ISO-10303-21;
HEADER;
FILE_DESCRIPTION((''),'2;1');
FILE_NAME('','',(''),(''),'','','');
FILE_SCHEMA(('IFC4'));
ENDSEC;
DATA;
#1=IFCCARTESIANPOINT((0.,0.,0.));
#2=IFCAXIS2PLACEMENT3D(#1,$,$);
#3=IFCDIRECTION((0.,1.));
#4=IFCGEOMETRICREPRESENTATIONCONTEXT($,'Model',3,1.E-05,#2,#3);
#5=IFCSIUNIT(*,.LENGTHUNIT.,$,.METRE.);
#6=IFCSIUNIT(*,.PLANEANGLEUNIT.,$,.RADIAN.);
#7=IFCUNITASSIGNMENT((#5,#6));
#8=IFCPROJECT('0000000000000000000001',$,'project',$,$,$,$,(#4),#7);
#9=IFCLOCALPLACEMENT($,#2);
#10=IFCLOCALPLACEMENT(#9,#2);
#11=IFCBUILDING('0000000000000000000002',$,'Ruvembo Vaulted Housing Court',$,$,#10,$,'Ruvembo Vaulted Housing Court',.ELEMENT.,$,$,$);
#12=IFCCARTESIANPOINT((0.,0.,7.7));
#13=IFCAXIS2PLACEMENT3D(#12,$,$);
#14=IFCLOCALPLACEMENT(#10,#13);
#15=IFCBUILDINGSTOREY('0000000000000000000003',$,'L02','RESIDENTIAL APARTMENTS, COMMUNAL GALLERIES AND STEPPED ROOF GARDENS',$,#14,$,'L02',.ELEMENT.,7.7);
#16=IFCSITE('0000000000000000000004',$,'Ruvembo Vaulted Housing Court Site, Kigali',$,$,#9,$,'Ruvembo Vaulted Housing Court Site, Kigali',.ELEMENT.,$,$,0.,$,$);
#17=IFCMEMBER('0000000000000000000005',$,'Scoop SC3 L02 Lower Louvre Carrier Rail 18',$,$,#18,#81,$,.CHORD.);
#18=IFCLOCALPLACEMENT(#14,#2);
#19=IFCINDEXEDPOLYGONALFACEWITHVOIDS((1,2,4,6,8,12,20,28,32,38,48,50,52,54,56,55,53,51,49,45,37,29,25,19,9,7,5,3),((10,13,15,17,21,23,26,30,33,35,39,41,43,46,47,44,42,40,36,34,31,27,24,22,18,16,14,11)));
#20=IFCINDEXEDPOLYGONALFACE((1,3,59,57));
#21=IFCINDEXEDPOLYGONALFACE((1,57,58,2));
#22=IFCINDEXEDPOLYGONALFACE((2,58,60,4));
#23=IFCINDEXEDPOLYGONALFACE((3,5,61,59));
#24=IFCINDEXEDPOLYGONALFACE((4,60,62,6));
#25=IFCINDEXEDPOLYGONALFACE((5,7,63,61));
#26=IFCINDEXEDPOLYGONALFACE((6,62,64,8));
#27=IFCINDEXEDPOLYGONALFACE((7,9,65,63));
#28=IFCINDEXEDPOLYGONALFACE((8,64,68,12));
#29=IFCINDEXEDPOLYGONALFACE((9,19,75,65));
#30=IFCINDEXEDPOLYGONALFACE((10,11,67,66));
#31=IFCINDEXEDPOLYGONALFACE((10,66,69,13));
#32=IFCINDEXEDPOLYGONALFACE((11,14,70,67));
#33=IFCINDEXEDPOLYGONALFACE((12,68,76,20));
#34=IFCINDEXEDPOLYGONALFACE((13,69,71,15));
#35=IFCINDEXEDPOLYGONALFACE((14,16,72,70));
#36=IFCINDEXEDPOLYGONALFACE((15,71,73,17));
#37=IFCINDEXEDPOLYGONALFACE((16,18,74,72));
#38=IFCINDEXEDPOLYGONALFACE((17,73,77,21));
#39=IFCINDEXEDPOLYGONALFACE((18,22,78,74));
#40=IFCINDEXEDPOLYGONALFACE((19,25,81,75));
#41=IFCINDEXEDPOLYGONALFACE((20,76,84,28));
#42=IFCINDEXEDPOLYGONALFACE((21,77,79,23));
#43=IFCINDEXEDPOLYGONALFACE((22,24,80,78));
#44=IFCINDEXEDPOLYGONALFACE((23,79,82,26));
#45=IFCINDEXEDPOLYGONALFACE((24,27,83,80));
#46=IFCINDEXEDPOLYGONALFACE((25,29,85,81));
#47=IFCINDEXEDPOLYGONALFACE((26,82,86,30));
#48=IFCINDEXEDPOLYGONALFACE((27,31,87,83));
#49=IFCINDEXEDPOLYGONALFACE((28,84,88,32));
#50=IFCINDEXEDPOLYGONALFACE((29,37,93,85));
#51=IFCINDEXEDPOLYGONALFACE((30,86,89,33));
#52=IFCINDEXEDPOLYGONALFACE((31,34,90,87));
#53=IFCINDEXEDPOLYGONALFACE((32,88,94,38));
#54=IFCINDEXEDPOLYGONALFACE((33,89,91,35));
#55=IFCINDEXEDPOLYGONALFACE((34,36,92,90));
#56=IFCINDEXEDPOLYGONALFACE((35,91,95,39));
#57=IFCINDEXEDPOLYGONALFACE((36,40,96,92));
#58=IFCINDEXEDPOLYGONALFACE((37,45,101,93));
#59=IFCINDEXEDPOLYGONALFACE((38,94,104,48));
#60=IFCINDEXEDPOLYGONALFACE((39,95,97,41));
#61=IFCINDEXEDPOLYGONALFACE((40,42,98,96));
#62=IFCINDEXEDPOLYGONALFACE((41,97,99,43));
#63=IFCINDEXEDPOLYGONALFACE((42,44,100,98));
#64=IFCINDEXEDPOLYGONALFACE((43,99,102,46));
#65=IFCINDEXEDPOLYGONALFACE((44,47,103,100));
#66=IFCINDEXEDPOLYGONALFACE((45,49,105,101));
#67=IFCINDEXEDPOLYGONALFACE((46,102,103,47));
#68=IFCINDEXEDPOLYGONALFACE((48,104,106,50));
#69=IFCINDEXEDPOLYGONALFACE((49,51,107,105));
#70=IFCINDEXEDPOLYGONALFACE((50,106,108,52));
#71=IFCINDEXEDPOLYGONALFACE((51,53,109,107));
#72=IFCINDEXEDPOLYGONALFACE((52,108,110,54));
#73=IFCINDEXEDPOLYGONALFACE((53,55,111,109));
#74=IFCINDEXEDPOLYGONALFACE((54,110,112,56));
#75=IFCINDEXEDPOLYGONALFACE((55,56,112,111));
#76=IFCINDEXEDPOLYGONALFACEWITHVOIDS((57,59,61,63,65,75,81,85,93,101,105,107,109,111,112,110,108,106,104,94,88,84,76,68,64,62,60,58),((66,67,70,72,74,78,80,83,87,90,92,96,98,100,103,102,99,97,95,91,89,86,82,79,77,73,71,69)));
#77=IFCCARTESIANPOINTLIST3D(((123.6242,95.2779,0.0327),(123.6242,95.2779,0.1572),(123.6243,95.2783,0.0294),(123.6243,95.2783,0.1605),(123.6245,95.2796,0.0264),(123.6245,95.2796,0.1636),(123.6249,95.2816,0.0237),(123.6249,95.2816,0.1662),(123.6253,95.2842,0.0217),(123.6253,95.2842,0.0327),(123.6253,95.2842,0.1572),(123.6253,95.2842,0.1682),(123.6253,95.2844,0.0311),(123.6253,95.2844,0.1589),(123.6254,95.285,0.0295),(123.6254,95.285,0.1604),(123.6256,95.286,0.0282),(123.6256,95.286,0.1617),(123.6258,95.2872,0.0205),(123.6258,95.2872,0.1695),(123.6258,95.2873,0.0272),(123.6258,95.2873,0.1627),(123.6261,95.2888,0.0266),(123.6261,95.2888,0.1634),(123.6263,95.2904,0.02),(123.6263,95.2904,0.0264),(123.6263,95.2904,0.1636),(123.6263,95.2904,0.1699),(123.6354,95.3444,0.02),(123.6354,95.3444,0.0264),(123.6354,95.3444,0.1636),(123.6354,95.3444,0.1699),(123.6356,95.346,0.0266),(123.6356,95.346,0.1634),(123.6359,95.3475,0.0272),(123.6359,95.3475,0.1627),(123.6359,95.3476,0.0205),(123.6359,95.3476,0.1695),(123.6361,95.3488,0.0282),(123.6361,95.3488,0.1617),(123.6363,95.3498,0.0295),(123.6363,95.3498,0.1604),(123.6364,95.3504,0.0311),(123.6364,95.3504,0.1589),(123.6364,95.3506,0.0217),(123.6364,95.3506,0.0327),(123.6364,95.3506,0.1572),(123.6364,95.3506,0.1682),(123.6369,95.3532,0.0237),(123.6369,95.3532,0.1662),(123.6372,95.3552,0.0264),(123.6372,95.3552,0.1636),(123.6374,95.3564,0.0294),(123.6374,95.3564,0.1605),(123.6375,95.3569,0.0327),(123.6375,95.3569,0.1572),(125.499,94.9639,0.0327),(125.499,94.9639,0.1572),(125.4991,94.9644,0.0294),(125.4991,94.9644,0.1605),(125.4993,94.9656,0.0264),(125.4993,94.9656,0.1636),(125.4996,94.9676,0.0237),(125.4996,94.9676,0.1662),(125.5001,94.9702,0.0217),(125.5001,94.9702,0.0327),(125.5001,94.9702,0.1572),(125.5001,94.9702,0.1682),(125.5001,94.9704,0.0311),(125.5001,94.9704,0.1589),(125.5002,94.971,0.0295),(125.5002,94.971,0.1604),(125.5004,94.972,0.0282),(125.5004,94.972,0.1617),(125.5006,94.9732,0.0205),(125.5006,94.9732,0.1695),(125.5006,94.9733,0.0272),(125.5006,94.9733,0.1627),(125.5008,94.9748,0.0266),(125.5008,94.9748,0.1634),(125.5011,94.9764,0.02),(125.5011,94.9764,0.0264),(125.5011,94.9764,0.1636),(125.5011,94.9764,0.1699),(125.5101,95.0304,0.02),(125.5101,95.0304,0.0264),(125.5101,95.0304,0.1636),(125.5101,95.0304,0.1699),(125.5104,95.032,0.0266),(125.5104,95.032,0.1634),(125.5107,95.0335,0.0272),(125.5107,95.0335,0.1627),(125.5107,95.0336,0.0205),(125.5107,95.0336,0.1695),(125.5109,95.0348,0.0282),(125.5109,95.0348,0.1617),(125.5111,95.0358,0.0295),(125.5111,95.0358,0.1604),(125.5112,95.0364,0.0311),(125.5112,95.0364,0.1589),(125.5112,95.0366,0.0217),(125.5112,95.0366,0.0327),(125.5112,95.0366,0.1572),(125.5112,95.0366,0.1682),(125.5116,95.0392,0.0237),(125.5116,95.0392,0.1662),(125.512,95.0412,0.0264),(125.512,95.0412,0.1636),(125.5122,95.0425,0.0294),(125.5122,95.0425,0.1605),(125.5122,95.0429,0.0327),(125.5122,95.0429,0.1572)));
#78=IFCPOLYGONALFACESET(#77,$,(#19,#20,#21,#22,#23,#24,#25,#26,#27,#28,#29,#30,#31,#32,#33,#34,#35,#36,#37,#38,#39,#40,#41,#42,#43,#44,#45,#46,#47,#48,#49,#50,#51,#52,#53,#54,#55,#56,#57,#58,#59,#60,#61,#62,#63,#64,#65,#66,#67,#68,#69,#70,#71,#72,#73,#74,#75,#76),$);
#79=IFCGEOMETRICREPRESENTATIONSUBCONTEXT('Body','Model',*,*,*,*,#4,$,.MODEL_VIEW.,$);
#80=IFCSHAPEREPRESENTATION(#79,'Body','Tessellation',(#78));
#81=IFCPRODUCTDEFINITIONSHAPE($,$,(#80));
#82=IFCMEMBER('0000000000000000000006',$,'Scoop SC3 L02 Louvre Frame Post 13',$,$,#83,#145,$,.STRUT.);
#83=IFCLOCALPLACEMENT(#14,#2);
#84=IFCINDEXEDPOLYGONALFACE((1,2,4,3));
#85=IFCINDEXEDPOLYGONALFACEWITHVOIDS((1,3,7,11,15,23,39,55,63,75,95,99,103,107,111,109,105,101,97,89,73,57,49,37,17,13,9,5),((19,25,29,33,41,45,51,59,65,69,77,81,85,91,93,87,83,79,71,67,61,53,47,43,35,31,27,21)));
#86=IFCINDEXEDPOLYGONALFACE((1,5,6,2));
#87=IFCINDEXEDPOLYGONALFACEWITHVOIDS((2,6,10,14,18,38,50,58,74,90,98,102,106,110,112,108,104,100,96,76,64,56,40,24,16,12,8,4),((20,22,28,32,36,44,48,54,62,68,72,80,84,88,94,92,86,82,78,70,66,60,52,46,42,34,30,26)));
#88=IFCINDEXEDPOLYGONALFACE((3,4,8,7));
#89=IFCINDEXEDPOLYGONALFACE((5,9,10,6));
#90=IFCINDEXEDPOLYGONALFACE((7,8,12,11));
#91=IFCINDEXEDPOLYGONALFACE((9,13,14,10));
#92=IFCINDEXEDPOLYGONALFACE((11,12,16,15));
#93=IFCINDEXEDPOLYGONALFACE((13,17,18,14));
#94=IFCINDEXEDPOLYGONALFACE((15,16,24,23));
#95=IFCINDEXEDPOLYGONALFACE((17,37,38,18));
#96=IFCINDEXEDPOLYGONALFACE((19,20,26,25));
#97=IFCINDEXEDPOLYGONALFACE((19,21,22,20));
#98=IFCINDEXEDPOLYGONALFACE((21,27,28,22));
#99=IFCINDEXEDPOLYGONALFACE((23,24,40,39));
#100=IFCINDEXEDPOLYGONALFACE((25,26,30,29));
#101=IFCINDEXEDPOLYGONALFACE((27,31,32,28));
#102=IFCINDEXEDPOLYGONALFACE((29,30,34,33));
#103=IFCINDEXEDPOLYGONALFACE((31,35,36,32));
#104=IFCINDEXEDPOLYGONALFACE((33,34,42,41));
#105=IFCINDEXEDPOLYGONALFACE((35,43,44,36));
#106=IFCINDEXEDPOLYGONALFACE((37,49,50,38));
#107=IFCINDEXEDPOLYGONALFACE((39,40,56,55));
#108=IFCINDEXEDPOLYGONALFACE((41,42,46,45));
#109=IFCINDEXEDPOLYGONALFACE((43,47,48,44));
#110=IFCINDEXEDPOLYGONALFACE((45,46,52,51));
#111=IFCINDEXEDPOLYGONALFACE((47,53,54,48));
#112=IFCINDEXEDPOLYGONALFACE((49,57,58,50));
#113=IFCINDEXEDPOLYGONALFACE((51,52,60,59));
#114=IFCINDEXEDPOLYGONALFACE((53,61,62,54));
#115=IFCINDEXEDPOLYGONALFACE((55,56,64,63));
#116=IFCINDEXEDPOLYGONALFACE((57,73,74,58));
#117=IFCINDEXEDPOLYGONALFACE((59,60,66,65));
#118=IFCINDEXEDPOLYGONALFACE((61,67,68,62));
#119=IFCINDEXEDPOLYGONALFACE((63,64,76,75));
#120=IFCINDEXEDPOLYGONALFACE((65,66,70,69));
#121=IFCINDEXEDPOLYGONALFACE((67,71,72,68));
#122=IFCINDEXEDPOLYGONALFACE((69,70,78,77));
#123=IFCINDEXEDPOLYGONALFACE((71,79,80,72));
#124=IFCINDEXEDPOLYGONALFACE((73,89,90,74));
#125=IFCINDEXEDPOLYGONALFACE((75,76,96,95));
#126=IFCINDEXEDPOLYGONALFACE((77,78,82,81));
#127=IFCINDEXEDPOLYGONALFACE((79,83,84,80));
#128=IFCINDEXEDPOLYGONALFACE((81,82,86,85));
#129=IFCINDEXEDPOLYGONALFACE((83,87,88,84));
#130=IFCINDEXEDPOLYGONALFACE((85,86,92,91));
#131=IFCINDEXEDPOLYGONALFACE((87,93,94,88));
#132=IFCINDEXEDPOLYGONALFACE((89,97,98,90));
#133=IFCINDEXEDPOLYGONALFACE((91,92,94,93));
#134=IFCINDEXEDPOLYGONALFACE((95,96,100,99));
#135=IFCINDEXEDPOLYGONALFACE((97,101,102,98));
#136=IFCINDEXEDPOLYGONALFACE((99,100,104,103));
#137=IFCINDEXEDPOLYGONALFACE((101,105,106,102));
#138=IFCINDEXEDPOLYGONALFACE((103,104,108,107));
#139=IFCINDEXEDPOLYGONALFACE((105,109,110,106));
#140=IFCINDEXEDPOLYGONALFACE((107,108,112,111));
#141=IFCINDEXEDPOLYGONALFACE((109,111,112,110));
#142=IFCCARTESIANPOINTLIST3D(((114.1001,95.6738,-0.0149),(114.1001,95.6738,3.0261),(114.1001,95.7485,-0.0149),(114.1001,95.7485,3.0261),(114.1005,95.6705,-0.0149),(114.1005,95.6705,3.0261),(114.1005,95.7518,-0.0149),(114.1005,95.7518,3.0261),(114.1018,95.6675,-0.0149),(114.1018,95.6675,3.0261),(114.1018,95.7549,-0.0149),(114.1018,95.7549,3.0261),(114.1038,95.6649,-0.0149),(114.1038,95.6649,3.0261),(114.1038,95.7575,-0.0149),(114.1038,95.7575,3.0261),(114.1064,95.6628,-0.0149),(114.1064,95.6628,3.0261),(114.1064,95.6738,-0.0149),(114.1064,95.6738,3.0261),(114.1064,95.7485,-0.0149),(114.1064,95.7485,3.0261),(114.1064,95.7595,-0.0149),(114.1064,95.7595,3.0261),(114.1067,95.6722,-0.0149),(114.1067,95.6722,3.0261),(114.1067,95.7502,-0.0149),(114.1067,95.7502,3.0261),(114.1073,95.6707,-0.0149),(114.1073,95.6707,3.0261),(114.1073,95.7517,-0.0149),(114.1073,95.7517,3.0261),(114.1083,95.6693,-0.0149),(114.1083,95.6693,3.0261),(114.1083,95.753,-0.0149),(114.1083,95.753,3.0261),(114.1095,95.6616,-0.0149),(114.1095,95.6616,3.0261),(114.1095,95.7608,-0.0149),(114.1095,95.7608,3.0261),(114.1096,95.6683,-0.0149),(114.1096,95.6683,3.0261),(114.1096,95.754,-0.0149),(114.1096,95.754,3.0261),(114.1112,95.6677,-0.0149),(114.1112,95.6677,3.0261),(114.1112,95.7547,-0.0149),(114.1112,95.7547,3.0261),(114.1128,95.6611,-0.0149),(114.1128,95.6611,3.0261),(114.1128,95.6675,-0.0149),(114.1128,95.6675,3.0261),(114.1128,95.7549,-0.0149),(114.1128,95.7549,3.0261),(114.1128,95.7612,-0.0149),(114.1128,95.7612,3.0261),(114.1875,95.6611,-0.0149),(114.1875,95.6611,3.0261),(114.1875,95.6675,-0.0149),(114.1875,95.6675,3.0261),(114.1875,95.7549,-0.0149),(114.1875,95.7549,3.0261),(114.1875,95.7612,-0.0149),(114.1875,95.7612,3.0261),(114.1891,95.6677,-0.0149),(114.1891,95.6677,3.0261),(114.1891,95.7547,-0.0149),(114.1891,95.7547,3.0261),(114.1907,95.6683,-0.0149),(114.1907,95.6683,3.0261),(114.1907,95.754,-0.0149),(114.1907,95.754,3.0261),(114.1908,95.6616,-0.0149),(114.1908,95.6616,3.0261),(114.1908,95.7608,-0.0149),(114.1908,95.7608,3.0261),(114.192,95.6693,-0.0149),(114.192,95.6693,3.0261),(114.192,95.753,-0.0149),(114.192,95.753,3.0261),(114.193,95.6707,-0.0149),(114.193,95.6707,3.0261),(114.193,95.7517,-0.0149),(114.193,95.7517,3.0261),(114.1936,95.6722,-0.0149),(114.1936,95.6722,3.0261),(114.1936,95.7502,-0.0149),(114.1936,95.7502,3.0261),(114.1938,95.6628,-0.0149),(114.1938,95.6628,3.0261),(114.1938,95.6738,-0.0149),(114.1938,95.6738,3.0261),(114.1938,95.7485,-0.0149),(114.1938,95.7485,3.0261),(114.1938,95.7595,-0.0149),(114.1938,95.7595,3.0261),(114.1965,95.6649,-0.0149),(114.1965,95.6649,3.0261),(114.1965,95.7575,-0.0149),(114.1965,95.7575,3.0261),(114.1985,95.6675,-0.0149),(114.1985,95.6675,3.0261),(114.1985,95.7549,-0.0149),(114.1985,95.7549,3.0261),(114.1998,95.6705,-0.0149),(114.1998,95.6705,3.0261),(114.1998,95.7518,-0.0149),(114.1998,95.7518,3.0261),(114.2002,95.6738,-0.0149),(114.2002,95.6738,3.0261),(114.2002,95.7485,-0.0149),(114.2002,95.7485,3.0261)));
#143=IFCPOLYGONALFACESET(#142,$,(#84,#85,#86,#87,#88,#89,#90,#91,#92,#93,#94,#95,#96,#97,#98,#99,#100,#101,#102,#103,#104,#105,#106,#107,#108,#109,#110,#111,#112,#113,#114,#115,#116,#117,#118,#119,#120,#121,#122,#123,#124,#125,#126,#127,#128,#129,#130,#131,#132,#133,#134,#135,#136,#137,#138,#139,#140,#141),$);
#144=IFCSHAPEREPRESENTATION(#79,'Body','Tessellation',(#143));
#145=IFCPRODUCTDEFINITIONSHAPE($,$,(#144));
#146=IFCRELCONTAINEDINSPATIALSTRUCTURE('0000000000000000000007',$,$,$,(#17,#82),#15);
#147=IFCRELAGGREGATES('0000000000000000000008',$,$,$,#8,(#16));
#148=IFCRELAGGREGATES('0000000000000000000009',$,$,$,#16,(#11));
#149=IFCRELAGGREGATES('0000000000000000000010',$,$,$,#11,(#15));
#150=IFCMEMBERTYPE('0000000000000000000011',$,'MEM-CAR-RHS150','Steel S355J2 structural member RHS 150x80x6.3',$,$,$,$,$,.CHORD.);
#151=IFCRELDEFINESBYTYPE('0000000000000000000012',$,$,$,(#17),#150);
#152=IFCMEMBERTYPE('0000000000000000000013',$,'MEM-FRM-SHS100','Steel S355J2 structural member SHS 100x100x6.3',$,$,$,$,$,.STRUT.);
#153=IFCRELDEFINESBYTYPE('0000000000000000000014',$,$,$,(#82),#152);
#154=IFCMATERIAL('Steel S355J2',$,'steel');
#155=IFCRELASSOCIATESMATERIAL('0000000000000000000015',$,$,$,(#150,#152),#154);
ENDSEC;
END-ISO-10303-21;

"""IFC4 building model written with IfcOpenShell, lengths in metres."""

from ifc_helpers import new_model, si_unit, direction, frame, origin, origin_2d, place, context, subcontext, project, spatial, hollow_rectangle, extrude, material, material_profile, profile_set, type_object, element, save


model = new_model("IFC4")

# Units and contexts
model_context = context("Model", 3, precision=1e-05, world=origin(), true_north=direction((0.0, 1.0)))
body_context = subcontext(model_context, "Body", "Model", "MODEL_VIEW")
ifc_project = project(units=[si_unit("LENGTHUNIT", "METRE"), si_unit("PLANEANGLEUNIT", "RADIAN")], contexts=[model_context])

# Site, building, storey
site_placement = place(None, origin())
site = spatial("IfcSite", under=ifc_project, at=site_placement, Name="Ruvembo Vaulted Housing Court Site, Kigali", LongName="Ruvembo Vaulted Housing Court Site, Kigali", CompositionType="ELEMENT", RefElevation=0.0)
building_placement = place(site_placement, origin())
building = spatial("IfcBuilding", under=site, at=building_placement, Name="Ruvembo Vaulted Housing Court", LongName="Ruvembo Vaulted Housing Court", CompositionType="ELEMENT")
storey_placement = place(building_placement, frame((0.0, 0.0, 7.7)))
storey = spatial("IfcBuildingStorey", under=building, at=storey_placement, Name="L02", Description="RESIDENTIAL APARTMENTS, COMMUNAL GALLERIES AND STEPPED ROOF GARDENS", LongName="L02", CompositionType="ELEMENT", Elevation=7.7)

# Shared definitions
ifc_material_1 = material(Name="Steel S355J2", Category="steel")

# Members
ifc_material_profile_1 = material_profile(ifc_material_1, hollow_rectangle(XDim=0.0801, YDim=0.1499, WallThickness=0.0063, InnerFilletRadius=0.0063, OuterFilletRadius=0.0127, at=origin_2d()), Name="RHS 150x80x6.3")
ifc_profile_set_1 = profile_set([ifc_material_profile_1], Name="Steel S355J2")
member_type_1 = type_object("IfcMemberType", Name="MEM-CAR-RHS150", Description="Steel S355J2 structural member RHS 150x80x6.3", PredefinedType="CHORD", material=ifc_profile_set_1)
member_1_placement = place(storey_placement, frame((123.6309, 95.3174, 0.095), z_axis=(0.986265, -0.16517, 0.0), x_axis=(0.16517, 0.986265, 0.0)))
element("IfcMember", 1, at=member_1_placement, inside=storey, type_object=member_type_1, Name="Scoop SC3 L02 Lower Louvre Carrier Rail 18", PredefinedType="CHORD", context=body_context, shape_type="SweptSolid", body=[
    extrude(hollow_rectangle(XDim=0.0801, YDim=0.1499, WallThickness=0.0063, InnerFilletRadius=0.0063, OuterFilletRadius=0.0127, at=origin_2d()), origin(), (0.0, 0.0, 1.0), 1.9009),
])
ifc_material_profile_2 = material_profile(ifc_material_1, hollow_rectangle(XDim=0.1001, YDim=0.1001, WallThickness=0.0063, InnerFilletRadius=0.0063, OuterFilletRadius=0.0127, at=origin_2d()), Name="SHS 100x100x6.3")
ifc_profile_set_2 = profile_set([ifc_material_profile_2], Name="Steel S355J2")
member_type_2 = type_object("IfcMemberType", Name="MEM-FRM-SHS100", Description="Steel S355J2 structural member SHS 100x100x6.3", PredefinedType="STRUT", material=ifc_profile_set_2)
for number, where, z_axis, x_axis, name in (
    (2, (114.1501, 95.7112, -0.0149), (0.0, 0.0, 1.0), (1.0, 0.0, 0.0), "Scoop SC3 L02 Louvre Frame Post 13"),
):
    element("IfcMember", number, at=place(storey_placement, frame(where, z_axis=z_axis, x_axis=x_axis)), inside=storey, type_object=member_type_2, Name=name, PredefinedType="STRUT", context=body_context, shape_type="SweptSolid", body=[
        extrude(hollow_rectangle(XDim=0.1001, YDim=0.1001, WallThickness=0.0063, InnerFilletRadius=0.0063, OuterFilletRadius=0.0127, at=origin_2d()), origin(), (0.0, 0.0, 1.0), 3.041),
    ])

save(model, "model.ifc")
